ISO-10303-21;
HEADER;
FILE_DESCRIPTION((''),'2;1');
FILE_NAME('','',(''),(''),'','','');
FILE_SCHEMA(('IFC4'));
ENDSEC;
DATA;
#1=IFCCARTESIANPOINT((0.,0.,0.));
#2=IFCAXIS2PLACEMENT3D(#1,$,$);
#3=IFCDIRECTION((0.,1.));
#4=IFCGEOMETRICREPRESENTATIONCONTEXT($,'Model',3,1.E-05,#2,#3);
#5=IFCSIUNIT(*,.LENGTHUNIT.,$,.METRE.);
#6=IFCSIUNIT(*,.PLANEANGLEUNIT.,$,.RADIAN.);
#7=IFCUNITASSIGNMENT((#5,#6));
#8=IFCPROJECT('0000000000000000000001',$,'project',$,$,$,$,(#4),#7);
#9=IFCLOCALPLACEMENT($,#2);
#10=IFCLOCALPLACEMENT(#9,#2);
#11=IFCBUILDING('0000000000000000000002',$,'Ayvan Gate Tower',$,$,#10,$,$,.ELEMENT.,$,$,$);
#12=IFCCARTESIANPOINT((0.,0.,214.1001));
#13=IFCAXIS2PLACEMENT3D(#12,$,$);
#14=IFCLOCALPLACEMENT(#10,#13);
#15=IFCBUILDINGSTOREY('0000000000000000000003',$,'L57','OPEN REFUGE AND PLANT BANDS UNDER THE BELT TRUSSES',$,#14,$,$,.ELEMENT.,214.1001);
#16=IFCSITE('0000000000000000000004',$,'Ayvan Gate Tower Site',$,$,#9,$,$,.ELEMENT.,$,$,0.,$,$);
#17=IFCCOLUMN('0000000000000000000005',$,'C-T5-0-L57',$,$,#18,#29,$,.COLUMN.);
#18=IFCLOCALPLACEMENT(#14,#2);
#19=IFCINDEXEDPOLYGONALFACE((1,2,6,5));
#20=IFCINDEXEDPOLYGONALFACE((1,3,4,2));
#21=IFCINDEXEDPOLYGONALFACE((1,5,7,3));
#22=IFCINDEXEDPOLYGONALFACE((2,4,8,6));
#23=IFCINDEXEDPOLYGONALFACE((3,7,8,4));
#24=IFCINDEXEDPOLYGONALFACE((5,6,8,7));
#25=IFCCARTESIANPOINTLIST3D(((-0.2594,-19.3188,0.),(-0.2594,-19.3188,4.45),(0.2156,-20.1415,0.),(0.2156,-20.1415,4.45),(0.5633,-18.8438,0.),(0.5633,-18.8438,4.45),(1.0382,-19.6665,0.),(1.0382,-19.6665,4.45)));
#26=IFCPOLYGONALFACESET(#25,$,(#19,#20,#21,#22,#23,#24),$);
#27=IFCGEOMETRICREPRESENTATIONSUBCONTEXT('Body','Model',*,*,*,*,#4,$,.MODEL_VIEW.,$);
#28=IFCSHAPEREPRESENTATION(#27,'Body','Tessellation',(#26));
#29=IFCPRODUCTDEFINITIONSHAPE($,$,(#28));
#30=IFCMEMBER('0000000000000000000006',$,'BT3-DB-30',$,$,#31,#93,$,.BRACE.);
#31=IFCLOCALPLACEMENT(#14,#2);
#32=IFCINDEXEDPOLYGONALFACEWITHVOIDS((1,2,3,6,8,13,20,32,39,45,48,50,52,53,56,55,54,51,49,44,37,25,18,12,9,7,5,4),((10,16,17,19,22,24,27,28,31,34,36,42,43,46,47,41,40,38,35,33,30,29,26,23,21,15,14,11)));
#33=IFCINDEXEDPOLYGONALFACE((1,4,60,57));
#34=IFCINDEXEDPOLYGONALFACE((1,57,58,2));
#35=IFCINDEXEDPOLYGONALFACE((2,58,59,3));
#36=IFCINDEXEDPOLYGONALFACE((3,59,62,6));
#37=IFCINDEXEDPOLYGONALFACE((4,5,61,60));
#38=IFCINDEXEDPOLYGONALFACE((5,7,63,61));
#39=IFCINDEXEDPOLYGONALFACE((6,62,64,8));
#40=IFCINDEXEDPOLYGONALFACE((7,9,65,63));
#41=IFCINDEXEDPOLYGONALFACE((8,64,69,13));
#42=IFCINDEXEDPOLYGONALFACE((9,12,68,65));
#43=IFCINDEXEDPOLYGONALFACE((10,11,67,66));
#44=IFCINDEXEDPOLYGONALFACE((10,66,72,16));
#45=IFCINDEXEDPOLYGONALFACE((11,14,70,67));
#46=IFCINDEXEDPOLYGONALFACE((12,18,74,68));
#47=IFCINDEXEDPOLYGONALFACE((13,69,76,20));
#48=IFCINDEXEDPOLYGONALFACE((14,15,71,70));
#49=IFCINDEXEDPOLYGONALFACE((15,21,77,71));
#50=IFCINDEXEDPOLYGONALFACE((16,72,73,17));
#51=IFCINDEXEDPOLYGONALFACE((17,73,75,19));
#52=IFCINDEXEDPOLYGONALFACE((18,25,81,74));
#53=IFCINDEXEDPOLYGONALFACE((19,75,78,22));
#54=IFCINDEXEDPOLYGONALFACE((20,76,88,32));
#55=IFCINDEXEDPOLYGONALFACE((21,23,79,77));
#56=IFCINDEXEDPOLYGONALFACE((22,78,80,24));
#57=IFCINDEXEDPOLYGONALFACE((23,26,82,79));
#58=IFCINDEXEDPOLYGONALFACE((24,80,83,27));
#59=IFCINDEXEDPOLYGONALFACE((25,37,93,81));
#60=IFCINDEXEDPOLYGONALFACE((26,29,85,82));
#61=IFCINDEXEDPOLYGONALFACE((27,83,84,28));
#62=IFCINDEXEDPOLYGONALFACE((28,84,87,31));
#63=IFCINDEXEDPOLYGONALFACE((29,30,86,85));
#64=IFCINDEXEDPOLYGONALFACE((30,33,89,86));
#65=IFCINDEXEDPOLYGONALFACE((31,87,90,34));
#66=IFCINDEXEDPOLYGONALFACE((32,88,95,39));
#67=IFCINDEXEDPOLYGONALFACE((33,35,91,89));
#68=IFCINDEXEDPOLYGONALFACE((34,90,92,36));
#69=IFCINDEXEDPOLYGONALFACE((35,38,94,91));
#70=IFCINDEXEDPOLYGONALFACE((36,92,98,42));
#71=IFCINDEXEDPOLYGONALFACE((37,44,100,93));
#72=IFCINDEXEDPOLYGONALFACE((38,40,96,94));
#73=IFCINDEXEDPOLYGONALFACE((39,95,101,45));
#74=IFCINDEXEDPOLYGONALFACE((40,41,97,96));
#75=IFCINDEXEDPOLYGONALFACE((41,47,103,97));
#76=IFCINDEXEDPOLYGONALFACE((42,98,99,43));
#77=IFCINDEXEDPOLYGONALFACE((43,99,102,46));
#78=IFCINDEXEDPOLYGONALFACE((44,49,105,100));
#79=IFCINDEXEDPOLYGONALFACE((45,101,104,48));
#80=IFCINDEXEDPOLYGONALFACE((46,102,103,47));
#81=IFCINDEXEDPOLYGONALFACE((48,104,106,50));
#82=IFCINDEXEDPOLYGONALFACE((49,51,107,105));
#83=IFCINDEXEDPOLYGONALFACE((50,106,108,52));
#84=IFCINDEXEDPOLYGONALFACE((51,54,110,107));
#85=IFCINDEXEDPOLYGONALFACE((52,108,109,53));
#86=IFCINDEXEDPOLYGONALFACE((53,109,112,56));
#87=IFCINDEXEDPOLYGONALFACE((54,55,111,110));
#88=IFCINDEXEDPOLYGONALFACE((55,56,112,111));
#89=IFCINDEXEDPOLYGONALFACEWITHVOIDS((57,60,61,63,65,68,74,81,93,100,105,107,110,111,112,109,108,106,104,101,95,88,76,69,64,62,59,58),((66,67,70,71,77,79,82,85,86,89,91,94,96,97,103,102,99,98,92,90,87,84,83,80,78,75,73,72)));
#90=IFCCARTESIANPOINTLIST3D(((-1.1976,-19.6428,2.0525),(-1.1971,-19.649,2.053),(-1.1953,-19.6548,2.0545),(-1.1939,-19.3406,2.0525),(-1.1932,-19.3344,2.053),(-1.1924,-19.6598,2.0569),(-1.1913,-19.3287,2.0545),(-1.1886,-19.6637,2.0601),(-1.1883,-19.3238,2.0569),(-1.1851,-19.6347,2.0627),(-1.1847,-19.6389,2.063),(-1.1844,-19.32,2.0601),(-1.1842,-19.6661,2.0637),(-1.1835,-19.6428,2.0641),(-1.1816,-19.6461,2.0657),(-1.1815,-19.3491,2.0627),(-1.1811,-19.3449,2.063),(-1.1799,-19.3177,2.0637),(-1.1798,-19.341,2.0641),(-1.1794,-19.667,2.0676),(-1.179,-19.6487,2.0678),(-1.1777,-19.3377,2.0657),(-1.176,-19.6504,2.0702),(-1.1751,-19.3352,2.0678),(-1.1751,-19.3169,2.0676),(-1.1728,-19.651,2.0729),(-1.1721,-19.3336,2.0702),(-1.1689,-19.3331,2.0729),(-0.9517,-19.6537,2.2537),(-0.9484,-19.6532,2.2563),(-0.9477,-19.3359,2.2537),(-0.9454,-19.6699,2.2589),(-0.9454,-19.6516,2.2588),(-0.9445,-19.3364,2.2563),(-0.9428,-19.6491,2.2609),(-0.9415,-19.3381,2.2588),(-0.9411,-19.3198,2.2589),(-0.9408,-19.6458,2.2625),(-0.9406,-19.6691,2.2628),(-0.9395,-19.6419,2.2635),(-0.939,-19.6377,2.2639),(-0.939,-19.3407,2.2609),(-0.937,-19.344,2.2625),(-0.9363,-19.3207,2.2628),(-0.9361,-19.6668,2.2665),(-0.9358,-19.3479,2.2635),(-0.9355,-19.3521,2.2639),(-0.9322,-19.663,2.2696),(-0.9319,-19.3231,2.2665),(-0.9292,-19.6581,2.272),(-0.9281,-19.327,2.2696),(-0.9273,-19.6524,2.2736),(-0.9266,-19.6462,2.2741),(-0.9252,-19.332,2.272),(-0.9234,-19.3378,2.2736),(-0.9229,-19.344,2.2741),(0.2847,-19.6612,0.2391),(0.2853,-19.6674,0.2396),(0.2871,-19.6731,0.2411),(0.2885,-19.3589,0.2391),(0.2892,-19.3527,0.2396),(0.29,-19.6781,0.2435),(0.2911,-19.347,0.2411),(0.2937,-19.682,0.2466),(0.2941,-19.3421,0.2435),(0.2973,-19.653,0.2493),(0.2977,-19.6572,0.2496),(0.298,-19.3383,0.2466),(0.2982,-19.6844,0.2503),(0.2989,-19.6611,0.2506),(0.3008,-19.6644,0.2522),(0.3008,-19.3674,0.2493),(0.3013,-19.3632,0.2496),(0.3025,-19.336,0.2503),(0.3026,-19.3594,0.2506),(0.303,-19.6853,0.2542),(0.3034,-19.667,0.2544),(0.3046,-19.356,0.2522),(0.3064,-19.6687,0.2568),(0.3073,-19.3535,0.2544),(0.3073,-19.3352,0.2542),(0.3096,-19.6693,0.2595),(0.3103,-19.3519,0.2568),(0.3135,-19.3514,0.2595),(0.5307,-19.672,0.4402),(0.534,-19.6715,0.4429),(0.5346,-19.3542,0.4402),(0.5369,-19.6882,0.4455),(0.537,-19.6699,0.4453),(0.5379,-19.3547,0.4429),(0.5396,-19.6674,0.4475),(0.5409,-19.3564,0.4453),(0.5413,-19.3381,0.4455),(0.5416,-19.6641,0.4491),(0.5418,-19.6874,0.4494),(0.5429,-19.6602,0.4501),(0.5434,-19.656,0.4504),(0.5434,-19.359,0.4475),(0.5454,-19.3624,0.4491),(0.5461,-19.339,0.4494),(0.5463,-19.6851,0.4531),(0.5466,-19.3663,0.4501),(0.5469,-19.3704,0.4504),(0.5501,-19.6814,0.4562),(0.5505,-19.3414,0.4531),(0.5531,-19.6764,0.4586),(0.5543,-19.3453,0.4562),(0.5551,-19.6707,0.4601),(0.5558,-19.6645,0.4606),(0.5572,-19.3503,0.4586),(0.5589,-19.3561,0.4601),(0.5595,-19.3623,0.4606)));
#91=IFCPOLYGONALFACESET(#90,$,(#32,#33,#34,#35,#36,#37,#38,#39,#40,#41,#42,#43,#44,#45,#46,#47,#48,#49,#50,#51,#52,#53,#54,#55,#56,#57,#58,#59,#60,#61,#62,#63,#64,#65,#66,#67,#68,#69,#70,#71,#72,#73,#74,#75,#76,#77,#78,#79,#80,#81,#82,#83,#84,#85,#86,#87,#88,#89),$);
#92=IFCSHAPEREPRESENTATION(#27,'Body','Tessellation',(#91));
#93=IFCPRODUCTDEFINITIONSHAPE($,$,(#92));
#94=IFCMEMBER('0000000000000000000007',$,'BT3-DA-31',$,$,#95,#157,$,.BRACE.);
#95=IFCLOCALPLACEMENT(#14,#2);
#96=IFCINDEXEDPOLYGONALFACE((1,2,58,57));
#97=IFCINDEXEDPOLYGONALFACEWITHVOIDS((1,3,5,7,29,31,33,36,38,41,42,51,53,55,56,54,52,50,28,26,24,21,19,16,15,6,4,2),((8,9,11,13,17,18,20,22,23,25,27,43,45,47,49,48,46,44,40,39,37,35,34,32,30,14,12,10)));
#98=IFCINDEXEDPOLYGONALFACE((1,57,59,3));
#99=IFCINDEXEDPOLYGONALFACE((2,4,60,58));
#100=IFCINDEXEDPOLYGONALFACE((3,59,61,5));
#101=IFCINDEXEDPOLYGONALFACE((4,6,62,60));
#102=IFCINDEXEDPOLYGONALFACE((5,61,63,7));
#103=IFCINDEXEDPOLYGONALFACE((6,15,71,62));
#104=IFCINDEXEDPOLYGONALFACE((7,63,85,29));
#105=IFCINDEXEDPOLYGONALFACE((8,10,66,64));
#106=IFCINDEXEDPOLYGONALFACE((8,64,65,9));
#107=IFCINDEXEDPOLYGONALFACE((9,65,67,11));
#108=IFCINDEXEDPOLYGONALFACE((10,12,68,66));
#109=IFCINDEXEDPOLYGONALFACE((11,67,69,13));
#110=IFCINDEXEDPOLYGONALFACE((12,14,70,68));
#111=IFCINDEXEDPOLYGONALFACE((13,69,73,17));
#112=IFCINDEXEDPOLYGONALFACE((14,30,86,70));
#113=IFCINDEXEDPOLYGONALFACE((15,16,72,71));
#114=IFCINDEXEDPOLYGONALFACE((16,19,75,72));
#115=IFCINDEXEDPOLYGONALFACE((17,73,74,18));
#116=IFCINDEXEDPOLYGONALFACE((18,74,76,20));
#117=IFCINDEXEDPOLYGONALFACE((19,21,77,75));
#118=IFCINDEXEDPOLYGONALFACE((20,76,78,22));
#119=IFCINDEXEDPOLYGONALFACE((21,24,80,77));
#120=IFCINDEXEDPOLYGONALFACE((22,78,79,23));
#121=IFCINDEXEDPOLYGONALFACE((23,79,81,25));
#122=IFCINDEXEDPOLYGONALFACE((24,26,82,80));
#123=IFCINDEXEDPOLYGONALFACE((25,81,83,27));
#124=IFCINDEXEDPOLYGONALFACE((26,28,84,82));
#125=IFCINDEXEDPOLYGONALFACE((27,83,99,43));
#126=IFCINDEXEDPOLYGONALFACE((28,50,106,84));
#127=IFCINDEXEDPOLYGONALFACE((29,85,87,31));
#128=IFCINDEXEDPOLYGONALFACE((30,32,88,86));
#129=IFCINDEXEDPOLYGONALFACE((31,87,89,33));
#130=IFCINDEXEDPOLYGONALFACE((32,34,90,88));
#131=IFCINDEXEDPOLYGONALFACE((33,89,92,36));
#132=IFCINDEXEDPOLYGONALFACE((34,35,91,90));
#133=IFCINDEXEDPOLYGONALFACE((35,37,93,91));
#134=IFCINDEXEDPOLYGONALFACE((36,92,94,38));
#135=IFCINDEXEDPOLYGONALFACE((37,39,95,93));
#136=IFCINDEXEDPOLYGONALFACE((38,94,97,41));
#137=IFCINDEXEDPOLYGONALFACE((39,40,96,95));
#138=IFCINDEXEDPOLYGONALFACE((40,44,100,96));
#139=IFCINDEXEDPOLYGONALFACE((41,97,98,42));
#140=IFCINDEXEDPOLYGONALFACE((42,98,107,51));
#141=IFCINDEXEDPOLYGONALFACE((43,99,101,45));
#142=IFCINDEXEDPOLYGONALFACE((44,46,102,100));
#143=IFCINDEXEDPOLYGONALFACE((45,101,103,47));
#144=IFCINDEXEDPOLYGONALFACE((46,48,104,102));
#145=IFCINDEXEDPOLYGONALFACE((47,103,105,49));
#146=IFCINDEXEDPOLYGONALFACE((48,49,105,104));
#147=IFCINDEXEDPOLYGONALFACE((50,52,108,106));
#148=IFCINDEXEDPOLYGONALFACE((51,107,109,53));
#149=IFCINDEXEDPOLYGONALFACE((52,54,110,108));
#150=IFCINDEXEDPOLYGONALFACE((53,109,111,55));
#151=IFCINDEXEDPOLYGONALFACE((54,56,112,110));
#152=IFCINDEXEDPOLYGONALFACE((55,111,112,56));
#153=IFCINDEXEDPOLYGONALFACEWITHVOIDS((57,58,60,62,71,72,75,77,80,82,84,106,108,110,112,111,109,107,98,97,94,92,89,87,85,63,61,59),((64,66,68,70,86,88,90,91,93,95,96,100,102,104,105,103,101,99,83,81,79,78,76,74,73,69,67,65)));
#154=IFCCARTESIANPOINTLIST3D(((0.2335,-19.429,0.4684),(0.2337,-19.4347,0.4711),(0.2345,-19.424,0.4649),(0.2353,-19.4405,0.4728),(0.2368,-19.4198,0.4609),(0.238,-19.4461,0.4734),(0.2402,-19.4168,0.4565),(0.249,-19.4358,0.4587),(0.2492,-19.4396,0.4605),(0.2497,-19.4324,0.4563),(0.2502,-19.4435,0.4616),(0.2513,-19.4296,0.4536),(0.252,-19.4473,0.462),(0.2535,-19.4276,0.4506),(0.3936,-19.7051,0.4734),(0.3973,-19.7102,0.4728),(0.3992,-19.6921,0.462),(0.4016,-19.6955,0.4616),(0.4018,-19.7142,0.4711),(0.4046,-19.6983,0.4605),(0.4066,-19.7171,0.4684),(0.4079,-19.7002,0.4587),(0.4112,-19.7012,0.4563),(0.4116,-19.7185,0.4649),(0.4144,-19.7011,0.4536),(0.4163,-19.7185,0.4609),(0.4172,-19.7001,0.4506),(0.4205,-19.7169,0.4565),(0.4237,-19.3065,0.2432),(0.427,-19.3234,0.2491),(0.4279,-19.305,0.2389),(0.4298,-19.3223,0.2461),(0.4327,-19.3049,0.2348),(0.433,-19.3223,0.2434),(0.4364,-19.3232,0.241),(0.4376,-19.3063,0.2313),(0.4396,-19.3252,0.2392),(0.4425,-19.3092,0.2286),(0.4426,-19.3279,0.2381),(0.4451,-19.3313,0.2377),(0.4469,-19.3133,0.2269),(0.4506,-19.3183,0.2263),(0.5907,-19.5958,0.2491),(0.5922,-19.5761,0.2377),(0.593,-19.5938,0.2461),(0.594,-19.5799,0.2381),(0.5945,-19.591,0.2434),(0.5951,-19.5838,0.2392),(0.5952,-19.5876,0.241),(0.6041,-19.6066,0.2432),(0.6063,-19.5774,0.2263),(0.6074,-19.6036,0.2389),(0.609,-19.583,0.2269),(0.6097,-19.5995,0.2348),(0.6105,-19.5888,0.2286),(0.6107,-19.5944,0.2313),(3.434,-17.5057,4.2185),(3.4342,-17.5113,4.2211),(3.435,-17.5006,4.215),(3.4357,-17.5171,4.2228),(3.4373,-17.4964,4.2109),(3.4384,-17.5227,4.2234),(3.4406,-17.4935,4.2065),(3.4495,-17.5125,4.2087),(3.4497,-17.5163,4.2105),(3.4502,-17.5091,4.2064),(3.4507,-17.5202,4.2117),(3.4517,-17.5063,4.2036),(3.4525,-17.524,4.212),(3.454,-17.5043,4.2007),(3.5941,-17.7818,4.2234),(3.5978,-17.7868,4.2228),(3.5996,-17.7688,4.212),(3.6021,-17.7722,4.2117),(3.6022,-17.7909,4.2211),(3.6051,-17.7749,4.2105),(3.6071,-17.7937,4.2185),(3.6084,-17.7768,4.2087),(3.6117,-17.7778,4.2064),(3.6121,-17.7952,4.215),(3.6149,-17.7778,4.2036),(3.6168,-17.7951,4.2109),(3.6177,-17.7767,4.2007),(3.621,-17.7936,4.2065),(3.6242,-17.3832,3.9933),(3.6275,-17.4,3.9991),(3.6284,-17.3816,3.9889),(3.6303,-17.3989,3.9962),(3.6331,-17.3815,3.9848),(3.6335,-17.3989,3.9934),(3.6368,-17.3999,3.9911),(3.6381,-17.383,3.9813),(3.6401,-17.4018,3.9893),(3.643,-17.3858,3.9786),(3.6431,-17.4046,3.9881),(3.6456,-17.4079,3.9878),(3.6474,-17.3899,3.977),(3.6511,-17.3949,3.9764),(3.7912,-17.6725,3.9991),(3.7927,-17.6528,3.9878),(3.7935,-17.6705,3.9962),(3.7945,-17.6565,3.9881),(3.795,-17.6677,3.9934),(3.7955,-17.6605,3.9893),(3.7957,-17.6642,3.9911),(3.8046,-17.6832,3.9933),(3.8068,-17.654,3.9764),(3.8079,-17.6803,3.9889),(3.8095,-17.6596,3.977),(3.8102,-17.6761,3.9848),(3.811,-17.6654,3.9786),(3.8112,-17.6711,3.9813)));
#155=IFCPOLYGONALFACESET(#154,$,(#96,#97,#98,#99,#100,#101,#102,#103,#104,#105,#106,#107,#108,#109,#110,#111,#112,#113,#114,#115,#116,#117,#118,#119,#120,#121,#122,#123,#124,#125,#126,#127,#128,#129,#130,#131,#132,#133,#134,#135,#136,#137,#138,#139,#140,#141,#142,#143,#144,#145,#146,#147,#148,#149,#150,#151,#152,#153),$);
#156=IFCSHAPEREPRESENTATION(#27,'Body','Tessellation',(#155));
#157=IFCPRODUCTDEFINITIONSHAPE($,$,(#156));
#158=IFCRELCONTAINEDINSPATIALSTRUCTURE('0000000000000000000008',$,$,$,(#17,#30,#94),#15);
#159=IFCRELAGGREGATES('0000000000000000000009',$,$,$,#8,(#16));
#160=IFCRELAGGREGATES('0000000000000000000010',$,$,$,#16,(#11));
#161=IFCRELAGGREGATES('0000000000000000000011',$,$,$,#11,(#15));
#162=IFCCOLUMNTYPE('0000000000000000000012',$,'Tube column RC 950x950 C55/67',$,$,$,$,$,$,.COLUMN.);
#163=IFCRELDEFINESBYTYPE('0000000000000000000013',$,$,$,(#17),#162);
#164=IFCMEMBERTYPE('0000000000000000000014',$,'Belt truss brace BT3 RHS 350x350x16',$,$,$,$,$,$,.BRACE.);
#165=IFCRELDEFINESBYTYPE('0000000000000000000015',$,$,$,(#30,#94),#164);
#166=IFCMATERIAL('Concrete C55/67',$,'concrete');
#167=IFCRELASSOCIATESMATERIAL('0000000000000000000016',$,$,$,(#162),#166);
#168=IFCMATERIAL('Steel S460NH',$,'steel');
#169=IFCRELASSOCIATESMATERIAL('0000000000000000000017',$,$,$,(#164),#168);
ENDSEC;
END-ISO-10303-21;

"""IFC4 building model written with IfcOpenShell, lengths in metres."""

from ifc_helpers import new_model, si_unit, direction, frame, origin, origin_2d, place, context, subcontext, project, spatial, rectangle, hollow_rectangle, extrude, material, material_profile, profile_set, type_object, element, save


model = new_model("IFC4")

# Units and contexts
model_context = context("Model", 3, precision=1e-05, world=origin(), true_north=direction((0.0, 1.0)))
body_context = subcontext(model_context, "Body", "Model", "MODEL_VIEW")
ifc_project = project(units=[si_unit("LENGTHUNIT", "METRE"), si_unit("PLANEANGLEUNIT", "RADIAN")], contexts=[model_context])

# Site, building, storey
site_placement = place(None, origin())
site = spatial("IfcSite", under=ifc_project, at=site_placement, Name="Ayvan Gate Tower Site", CompositionType="ELEMENT", RefElevation=0.0)
building_placement = place(site_placement, origin())
building = spatial("IfcBuilding", under=site, at=building_placement, Name="Ayvan Gate Tower", CompositionType="ELEMENT")
storey_placement = place(building_placement, frame((0.0, 0.0, 214.1001)))
storey = spatial("IfcBuildingStorey", under=building, at=storey_placement, Name="L57", Description="OPEN REFUGE AND PLANT BANDS UNDER THE BELT TRUSSES", CompositionType="ELEMENT", Elevation=214.1001)

# Column
ifc_material_1 = material(Name="Concrete C55/67", Category="concrete")
ifc_material_profile_1 = material_profile(ifc_material_1, rectangle(XDim=0.95, YDim=0.95, at=origin_2d()), Name="RC 950x950")
ifc_profile_set_1 = profile_set([ifc_material_profile_1], Name="Concrete C55/67")
column_type = type_object("IfcColumnType", Name="Tube column RC 950x950 C55/67", PredefinedType="COLUMN", material=ifc_profile_set_1)
column_placement = place(storey_placement, frame((0.3894, -19.4927, 0.0), z_axis=(0.0, 0.0, 1.0), x_axis=(0.5, -0.866025, 0.0)))
element("IfcColumn", 1, at=column_placement, inside=storey, type_object=column_type, Name="C-T5-0-L57", PredefinedType="COLUMN", context=body_context, shape_type="SweptSolid", body=[
    extrude(rectangle(XDim=0.95, YDim=0.95, at=origin_2d()), origin(), (0.0, 0.0, 1.0), 4.45),
])

# Members
ifc_material_2 = material(Name="Steel S460NH", Category="steel")
ifc_material_profile_2 = material_profile(ifc_material_2, hollow_rectangle(XDim=0.3501, YDim=0.3501, WallThickness=0.0161, InnerFilletRadius=0.0161, OuterFilletRadius=0.0239, at=origin_2d()), Name="RHS 350x350x16")
ifc_profile_set_2 = profile_set([ifc_material_profile_2], Name="Steel S460NH")
member_type_1 = type_object("IfcMemberType", Name="Belt truss brace BT3 RHS 350x350x16", PredefinedType="BRACE", material=ifc_profile_set_2)
member_1_placement = place(storey_placement, frame((0.4221, -19.5117, 0.3499), z_axis=(-0.632878, 0.007817, 0.774212), x_axis=(-0.012351, -0.999924, 0.0)))
element("IfcMember", 2, at=member_1_placement, inside=storey, type_object=member_type_1, Name="BT3-DB-30", PredefinedType="BRACE", context=body_context, shape_type="SweptSolid", body=[
    extrude(hollow_rectangle(XDim=0.3501, YDim=0.3501, WallThickness=0.0161, InnerFilletRadius=0.0161, OuterFilletRadius=0.0239, at=origin_2d()), origin(), (0.0, 0.0, 1.0), 2.3423),
])
member_2_placement = place(storey_placement, frame((0.4221, -19.5117, 0.3499), z_axis=(0.604777, 0.363448, 0.708626), x_axis=(-0.515101, 0.857129, 0.0)))
element("IfcMember", 3, at=member_2_placement, inside=storey, type_object=member_type_1, Name="BT3-DA-31", PredefinedType="BRACE", context=body_context, shape_type="SweptSolid", body=[
    extrude(hollow_rectangle(XDim=0.3501, YDim=0.3501, WallThickness=0.0161, InnerFilletRadius=0.0161, OuterFilletRadius=0.0239, at=origin_2d()), origin(), (0.0, 0.0, 1.0), 5.292),
])

save(model, "model.ifc")
